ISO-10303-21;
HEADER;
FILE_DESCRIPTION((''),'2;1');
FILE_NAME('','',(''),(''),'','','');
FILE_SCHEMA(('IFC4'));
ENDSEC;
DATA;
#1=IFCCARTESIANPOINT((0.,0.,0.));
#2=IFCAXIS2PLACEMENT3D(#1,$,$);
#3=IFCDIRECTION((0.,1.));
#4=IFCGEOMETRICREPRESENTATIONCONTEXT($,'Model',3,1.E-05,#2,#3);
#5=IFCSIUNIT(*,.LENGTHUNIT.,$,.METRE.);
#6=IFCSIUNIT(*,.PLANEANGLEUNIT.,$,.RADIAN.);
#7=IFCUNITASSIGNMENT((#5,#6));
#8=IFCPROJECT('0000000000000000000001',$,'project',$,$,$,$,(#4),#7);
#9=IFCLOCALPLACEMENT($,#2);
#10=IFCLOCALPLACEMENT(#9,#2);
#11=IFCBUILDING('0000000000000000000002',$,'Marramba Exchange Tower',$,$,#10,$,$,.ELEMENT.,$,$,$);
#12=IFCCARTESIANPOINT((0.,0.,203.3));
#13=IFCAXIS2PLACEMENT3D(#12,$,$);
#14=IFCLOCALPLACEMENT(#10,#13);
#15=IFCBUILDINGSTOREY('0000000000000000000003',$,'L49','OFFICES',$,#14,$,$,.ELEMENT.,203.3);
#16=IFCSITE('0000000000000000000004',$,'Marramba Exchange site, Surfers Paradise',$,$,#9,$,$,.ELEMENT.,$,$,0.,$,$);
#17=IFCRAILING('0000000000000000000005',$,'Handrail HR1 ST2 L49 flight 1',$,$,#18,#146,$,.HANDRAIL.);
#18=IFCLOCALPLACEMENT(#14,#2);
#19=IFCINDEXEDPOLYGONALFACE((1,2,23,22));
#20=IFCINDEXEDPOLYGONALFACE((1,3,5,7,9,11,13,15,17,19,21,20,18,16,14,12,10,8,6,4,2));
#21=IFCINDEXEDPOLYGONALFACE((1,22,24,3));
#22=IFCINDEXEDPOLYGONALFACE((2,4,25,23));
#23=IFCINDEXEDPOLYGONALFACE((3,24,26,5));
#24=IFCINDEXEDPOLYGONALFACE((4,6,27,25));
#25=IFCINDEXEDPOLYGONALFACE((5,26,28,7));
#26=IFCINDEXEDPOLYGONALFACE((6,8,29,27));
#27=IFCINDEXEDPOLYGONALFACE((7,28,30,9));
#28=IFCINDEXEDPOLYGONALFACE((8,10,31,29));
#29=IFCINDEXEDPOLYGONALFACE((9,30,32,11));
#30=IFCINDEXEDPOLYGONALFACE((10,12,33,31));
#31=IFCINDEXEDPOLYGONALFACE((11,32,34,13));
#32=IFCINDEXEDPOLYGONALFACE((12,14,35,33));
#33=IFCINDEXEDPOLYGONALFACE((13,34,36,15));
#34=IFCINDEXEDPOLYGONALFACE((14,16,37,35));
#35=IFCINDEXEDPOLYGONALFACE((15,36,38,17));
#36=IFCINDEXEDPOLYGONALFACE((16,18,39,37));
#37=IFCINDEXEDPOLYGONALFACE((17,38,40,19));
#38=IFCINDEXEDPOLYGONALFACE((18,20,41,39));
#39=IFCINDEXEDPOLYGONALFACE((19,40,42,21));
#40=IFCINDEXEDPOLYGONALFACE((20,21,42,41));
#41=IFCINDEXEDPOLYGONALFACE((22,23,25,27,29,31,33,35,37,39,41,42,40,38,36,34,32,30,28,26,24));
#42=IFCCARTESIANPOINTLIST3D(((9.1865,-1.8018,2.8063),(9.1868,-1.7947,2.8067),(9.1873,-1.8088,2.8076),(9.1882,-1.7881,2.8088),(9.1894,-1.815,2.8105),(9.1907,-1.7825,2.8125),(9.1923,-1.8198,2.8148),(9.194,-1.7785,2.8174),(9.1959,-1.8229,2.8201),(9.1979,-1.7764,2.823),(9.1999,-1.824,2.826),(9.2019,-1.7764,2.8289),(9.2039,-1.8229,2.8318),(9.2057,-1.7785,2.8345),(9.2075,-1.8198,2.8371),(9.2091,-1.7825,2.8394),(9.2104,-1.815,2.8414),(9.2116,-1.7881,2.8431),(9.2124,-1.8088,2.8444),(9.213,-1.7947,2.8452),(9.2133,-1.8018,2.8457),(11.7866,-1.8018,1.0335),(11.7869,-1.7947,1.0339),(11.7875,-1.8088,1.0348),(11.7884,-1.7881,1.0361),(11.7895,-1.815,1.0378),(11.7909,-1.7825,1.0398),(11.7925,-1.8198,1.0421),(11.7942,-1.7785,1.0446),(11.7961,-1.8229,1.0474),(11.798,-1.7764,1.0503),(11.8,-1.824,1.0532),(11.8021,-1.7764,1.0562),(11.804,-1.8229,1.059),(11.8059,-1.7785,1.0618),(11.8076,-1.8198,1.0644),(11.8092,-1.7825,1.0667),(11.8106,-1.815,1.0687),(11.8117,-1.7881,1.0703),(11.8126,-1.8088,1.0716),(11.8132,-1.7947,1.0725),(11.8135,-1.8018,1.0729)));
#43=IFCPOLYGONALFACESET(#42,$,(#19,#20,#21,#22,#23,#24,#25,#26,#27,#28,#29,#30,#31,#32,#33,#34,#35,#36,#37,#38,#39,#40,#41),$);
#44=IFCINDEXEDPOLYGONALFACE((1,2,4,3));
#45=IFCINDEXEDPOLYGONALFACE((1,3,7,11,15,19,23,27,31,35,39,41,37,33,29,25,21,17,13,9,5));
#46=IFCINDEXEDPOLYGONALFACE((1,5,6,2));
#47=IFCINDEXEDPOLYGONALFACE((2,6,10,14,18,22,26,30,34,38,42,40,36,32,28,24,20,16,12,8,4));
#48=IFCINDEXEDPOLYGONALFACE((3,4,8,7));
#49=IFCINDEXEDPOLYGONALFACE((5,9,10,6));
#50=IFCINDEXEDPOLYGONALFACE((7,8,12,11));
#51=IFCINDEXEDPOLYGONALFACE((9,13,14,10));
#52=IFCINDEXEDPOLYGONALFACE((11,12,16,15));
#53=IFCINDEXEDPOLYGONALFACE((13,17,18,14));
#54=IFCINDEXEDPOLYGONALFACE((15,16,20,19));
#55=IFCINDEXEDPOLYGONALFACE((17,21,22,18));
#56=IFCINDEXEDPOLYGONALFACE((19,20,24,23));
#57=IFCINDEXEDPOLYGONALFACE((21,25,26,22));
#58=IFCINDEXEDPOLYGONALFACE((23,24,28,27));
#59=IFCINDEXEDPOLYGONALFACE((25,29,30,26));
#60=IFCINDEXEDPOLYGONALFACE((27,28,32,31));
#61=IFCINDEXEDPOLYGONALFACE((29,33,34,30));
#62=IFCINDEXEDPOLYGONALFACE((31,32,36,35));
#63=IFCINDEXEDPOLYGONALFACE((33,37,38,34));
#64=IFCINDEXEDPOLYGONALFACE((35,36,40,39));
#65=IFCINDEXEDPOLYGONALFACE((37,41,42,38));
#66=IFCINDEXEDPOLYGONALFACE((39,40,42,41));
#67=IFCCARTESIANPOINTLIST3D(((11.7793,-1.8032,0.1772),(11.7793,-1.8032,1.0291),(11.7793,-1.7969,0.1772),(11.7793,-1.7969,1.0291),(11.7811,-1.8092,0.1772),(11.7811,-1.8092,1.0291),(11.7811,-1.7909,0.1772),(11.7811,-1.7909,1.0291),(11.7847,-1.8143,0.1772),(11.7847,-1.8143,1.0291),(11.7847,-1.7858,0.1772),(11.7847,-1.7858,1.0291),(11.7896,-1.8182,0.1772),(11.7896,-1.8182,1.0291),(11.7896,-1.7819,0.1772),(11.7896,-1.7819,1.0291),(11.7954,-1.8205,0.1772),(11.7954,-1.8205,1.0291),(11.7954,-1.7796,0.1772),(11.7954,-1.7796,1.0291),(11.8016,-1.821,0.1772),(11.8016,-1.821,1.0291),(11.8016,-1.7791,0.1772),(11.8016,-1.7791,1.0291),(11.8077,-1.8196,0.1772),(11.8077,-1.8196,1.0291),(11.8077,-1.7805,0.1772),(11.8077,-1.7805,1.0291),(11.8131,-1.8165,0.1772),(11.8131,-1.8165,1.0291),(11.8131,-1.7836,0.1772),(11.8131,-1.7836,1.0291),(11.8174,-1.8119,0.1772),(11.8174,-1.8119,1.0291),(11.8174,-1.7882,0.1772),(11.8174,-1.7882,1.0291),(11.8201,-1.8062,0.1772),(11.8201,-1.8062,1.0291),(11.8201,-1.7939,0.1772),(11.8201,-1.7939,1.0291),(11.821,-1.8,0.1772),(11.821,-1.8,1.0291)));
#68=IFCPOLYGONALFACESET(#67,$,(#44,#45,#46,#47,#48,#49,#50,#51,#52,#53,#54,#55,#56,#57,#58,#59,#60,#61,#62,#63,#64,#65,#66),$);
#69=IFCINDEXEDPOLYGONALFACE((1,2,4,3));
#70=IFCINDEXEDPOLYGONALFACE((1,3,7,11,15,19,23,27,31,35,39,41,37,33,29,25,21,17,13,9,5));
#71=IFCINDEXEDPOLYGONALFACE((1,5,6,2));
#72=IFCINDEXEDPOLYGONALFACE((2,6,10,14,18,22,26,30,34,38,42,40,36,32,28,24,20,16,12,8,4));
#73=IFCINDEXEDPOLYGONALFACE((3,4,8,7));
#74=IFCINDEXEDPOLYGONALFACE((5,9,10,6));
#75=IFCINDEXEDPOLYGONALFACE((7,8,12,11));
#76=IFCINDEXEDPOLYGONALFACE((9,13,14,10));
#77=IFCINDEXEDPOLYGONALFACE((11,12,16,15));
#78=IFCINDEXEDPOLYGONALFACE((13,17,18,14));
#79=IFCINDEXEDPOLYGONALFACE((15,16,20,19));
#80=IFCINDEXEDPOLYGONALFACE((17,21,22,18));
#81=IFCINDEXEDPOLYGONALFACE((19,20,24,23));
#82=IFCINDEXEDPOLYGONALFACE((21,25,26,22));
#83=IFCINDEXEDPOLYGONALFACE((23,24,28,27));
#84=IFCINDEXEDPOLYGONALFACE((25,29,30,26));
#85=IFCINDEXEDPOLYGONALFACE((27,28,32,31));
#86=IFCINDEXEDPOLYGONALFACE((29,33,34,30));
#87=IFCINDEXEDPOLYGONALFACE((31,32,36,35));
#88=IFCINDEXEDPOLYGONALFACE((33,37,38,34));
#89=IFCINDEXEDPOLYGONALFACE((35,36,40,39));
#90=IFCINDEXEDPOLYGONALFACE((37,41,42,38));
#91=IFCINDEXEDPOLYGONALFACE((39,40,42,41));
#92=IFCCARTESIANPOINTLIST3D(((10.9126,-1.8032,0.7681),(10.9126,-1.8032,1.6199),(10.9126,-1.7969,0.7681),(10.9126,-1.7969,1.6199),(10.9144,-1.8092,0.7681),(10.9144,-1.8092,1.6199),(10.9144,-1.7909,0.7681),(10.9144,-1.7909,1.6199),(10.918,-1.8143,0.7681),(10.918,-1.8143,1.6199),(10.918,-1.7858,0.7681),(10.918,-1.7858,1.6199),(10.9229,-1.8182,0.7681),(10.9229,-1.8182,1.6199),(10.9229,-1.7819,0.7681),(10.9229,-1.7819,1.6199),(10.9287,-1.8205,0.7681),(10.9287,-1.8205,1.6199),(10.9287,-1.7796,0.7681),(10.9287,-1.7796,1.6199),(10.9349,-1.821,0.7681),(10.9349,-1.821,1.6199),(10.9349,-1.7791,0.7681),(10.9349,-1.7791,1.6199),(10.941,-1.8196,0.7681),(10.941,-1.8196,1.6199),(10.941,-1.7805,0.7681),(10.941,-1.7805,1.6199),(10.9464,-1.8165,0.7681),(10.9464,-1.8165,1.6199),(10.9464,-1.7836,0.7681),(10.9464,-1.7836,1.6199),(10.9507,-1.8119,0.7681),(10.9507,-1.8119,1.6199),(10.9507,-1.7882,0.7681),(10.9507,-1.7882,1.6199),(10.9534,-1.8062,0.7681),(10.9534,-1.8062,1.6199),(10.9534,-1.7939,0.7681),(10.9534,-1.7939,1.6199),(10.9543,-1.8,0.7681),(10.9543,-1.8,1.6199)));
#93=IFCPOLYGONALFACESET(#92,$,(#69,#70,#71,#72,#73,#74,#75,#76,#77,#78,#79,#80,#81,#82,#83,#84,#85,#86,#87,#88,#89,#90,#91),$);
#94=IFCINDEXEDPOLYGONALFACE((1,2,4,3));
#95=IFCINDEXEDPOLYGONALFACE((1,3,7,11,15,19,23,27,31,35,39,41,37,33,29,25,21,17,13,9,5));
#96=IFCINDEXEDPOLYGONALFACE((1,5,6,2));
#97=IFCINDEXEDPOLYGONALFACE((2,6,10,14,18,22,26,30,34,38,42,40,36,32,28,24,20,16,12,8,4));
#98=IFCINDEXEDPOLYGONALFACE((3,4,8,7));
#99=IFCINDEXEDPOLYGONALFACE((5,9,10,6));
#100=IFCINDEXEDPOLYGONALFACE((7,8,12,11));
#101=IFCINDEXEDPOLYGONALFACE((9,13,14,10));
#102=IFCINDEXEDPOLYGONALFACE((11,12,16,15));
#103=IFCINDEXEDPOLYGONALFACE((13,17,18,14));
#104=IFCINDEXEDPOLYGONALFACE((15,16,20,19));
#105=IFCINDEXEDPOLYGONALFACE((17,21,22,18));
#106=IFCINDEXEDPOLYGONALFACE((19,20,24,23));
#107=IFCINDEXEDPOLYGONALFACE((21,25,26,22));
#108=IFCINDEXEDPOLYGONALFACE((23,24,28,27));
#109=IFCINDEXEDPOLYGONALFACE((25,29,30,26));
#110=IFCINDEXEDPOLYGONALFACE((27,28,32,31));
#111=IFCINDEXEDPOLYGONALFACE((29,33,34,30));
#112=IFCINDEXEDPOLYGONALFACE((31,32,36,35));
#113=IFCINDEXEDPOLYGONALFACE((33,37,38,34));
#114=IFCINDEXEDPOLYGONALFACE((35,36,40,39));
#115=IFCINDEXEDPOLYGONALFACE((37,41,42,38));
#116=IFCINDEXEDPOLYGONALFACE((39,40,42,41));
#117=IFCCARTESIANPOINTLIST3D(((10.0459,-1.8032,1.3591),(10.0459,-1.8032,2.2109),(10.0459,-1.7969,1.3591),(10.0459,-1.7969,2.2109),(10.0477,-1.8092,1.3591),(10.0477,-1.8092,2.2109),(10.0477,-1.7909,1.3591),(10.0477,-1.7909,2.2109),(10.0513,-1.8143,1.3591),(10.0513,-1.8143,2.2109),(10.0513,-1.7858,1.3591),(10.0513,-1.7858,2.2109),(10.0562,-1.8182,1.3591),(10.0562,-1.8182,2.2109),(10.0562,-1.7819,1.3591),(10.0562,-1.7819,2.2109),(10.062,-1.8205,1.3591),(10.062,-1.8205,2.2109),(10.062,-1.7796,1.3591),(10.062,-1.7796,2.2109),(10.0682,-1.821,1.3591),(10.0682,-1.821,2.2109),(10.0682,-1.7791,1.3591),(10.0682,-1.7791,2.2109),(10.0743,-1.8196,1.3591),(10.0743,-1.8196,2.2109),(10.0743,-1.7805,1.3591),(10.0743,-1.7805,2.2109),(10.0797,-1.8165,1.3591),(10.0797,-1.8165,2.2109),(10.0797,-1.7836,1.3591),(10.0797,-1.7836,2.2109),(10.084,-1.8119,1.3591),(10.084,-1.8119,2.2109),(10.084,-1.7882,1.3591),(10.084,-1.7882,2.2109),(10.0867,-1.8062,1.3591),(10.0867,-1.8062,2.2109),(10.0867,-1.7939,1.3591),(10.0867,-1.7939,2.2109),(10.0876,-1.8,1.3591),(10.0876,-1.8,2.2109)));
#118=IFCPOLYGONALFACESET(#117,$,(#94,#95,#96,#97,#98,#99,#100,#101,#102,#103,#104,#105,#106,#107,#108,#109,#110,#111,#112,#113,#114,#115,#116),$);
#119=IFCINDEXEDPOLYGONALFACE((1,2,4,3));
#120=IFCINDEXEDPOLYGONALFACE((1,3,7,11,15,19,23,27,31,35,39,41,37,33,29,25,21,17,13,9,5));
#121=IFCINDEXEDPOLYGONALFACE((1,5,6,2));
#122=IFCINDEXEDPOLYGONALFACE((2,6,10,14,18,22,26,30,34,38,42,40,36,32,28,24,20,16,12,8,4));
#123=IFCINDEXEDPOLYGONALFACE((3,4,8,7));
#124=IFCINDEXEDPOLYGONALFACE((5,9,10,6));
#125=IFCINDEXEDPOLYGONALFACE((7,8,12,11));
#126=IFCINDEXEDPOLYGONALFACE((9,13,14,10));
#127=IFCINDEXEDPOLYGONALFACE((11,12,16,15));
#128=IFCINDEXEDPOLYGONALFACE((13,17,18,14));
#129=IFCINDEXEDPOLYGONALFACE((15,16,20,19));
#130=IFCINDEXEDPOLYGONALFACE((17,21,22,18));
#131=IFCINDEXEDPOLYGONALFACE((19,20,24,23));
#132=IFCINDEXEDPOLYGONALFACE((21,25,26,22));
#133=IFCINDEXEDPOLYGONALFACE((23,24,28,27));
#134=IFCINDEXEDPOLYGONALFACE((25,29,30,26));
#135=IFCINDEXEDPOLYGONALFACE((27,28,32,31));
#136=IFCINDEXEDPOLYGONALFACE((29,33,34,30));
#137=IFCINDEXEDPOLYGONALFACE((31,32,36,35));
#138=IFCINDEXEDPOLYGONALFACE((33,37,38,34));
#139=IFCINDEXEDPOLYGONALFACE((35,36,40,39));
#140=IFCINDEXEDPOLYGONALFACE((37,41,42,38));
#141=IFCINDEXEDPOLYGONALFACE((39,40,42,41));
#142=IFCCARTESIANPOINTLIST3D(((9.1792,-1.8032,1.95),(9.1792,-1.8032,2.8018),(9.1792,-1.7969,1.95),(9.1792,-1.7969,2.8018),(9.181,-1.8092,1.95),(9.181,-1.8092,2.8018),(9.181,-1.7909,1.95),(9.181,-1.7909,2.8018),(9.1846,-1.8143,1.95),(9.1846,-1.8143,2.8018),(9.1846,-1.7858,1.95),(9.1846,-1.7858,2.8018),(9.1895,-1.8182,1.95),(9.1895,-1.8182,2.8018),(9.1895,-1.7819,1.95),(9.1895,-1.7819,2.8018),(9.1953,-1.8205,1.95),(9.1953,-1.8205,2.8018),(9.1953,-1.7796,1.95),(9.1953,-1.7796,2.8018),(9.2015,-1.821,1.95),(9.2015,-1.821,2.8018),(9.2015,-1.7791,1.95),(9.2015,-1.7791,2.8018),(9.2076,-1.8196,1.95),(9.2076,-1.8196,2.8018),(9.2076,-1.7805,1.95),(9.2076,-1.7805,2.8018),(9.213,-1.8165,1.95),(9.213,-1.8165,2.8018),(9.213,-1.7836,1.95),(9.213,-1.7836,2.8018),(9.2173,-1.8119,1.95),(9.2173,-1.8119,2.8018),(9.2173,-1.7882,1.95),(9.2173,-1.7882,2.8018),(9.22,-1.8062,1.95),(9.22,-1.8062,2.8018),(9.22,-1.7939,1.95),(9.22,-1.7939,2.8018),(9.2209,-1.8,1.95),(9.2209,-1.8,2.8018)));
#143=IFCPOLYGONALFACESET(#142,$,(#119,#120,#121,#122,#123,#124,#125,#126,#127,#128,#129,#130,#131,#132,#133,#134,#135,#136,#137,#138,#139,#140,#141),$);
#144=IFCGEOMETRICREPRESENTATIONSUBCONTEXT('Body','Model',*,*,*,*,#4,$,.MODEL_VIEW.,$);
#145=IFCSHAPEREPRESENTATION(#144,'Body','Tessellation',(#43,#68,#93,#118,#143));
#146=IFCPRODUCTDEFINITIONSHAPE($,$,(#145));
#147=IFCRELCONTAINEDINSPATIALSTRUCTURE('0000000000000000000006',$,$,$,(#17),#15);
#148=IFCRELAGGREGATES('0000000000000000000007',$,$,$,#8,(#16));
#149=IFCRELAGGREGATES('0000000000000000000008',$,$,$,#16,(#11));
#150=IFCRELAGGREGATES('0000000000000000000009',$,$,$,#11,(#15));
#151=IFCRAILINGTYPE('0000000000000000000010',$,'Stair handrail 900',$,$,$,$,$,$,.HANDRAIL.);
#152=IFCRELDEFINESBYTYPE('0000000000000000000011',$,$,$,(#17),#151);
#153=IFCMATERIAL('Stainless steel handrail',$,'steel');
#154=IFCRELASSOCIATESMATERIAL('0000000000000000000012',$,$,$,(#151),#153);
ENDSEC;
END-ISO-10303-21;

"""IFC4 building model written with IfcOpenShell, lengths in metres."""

from ifc_helpers import new_model, si_unit, direction, frame, origin, origin_2d, place, context, subcontext, project, spatial, circle, extrude, material, type_object, element, save


model = new_model("IFC4")

# Units and contexts
model_context = context("Model", 3, precision=1e-05, world=origin(), true_north=direction((0.0, 1.0)))
body_context = subcontext(model_context, "Body", "Model", "MODEL_VIEW")
ifc_project = project(units=[si_unit("LENGTHUNIT", "METRE"), si_unit("PLANEANGLEUNIT", "RADIAN")], contexts=[model_context])

# Site, building, storey
site_placement = place(None, origin())
site = spatial("IfcSite", under=ifc_project, at=site_placement, Name="Marramba Exchange site, Surfers Paradise", CompositionType="ELEMENT", RefElevation=0.0)
building_placement = place(site_placement, origin())
building = spatial("IfcBuilding", under=site, at=building_placement, Name="Marramba Exchange Tower", CompositionType="ELEMENT")
storey_placement = place(building_placement, frame((0.0, 0.0, 203.3)))
storey = spatial("IfcBuildingStorey", under=building, at=storey_placement, Name="L49", Description="OFFICES", CompositionType="ELEMENT", Elevation=203.3)

# Railing
ifc_material_1 = material(Name="Stainless steel handrail", Category="steel")
railing_type = type_object("IfcRailingType", Name="Stair handrail 900", PredefinedType="HANDRAIL", material=ifc_material_1)
railing_placement = place(storey_placement, frame((11.8, -1.8, 0.1772)))
element("IfcRailing", 1, at=railing_placement, inside=storey, type_object=railing_type, Name="Handrail HR1 ST2 L49 flight 1", PredefinedType="HANDRAIL", context=body_context, shape_type="SweptSolid", body=[
    extrude(circle(Radius=0.0239, at=origin_2d()), frame((0.0, 0.0, 0.876), z_axis=(-0.82624, 0.0, 0.563318), x_axis=(0.0, -1.0, 0.0)), (0.0, 0.0, 1.0), 3.147),
    extrude(circle(Radius=0.021, at=origin_2d()), origin(), (0.0, 0.0, 1.0), 0.8518),
    extrude(circle(Radius=0.021, at=origin_2d()), frame((-0.8667, 0.0, 0.5908)), (0.0, 0.0, 1.0), 0.8518),
    extrude(circle(Radius=0.021, at=origin_2d()), frame((-1.7334, 0.0, 1.1819)), (0.0, 0.0, 1.0), 0.8518),
    extrude(circle(Radius=0.021, at=origin_2d()), frame((-2.6001, 0.0, 1.7727)), (0.0, 0.0, 1.0), 0.8518),
])

save(model, "model.ifc")
